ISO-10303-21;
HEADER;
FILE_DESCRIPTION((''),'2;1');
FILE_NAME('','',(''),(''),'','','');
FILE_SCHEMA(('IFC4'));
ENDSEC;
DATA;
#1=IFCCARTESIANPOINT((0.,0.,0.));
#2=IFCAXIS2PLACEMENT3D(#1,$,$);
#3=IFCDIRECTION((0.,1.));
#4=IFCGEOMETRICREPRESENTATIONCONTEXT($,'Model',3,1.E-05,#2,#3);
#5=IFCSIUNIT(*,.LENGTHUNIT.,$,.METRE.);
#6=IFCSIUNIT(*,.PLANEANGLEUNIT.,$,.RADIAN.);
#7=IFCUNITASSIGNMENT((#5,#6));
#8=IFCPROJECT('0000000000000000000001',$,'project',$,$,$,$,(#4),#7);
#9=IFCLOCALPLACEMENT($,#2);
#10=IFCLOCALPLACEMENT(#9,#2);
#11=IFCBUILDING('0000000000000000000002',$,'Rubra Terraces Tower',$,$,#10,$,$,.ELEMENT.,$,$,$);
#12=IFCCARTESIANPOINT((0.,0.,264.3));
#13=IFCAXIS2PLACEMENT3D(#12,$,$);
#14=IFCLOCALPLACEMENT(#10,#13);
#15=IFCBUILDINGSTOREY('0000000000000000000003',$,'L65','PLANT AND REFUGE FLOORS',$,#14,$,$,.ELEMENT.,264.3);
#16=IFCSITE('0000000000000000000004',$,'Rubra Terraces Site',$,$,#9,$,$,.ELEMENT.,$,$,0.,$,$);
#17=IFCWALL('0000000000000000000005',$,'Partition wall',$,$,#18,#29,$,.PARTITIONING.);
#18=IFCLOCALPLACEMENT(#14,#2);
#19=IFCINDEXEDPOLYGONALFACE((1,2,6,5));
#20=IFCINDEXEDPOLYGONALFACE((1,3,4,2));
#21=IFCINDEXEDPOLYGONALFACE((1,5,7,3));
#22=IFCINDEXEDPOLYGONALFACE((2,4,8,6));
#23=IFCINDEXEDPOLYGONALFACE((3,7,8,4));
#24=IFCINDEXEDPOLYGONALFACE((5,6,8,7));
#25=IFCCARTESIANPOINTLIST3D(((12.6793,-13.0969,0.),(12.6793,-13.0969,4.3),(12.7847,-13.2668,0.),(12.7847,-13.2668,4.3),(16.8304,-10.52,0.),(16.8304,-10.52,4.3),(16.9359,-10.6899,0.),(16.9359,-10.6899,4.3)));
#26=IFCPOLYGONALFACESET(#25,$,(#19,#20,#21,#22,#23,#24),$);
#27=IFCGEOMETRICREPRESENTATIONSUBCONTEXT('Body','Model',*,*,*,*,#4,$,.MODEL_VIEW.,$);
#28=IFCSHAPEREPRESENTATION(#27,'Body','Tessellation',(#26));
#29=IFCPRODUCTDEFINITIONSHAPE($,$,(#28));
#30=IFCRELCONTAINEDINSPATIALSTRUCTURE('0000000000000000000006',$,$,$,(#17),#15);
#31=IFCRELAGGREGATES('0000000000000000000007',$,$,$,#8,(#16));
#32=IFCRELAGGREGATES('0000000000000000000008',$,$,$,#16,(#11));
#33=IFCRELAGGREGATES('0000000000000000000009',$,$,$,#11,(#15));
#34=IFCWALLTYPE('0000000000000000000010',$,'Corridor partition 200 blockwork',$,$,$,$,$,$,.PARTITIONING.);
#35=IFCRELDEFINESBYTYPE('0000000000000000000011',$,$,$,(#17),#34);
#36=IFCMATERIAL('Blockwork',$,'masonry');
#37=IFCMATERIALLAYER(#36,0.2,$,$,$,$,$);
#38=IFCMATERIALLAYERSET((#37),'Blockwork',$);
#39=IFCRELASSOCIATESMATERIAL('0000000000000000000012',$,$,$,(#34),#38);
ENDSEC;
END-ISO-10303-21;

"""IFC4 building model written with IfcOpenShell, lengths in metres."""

from ifc_helpers import new_model, si_unit, direction, frame, frame_2d, origin, place, context, subcontext, project, spatial, rectangle, extrude, material, layer, layer_set, type_object, element, save


model = new_model("IFC4")

# Units and contexts
model_context = context("Model", 3, precision=1e-05, world=origin(), true_north=direction((0.0, 1.0)))
body_context = subcontext(model_context, "Body", "Model", "MODEL_VIEW")
ifc_project = project(units=[si_unit("LENGTHUNIT", "METRE"), si_unit("PLANEANGLEUNIT", "RADIAN")], contexts=[model_context])

# Site, building, storey
site_placement = place(None, origin())
site = spatial("IfcSite", under=ifc_project, at=site_placement, Name="Rubra Terraces Site", CompositionType="ELEMENT", RefElevation=0.0)
building_placement = place(site_placement, origin())
building = spatial("IfcBuilding", under=site, at=building_placement, Name="Rubra Terraces Tower", CompositionType="ELEMENT")
storey_placement = place(building_placement, frame((0.0, 0.0, 264.3)))
storey = spatial("IfcBuildingStorey", under=building, at=storey_placement, Name="L65", Description="PLANT AND REFUGE FLOORS", CompositionType="ELEMENT", Elevation=264.3)

# Wall
ifc_material_1 = material(Name="Blockwork", Category="masonry")
ifc_layer_1 = layer(ifc_material_1, 0.2)
ifc_layer_set_1 = layer_set([ifc_layer_1], Name="Blockwork")
wall_type_1 = type_object("IfcWallType", Name="Corridor partition 200 blockwork", PredefinedType="PARTITIONING", material=ifc_layer_set_1)
wall_1_placement = place(storey_placement, frame((16.8831, -10.605, 0.0), z_axis=(0.0, 0.0, 1.0), x_axis=(-0.849609, -0.527414, 0.0)))
element("IfcWall", 1, at=wall_1_placement, inside=storey, type_object=wall_type_1, Name="Partition wall", PredefinedType="PARTITIONING", context=body_context, shape_type="SweptSolid", body=[
    extrude(rectangle(XDim=4.886, YDim=0.2, at=frame_2d((2.4429, 0.0))), origin(), (0.0, 0.0, 1.0), 4.3),
])

save(model, "model.ifc")
